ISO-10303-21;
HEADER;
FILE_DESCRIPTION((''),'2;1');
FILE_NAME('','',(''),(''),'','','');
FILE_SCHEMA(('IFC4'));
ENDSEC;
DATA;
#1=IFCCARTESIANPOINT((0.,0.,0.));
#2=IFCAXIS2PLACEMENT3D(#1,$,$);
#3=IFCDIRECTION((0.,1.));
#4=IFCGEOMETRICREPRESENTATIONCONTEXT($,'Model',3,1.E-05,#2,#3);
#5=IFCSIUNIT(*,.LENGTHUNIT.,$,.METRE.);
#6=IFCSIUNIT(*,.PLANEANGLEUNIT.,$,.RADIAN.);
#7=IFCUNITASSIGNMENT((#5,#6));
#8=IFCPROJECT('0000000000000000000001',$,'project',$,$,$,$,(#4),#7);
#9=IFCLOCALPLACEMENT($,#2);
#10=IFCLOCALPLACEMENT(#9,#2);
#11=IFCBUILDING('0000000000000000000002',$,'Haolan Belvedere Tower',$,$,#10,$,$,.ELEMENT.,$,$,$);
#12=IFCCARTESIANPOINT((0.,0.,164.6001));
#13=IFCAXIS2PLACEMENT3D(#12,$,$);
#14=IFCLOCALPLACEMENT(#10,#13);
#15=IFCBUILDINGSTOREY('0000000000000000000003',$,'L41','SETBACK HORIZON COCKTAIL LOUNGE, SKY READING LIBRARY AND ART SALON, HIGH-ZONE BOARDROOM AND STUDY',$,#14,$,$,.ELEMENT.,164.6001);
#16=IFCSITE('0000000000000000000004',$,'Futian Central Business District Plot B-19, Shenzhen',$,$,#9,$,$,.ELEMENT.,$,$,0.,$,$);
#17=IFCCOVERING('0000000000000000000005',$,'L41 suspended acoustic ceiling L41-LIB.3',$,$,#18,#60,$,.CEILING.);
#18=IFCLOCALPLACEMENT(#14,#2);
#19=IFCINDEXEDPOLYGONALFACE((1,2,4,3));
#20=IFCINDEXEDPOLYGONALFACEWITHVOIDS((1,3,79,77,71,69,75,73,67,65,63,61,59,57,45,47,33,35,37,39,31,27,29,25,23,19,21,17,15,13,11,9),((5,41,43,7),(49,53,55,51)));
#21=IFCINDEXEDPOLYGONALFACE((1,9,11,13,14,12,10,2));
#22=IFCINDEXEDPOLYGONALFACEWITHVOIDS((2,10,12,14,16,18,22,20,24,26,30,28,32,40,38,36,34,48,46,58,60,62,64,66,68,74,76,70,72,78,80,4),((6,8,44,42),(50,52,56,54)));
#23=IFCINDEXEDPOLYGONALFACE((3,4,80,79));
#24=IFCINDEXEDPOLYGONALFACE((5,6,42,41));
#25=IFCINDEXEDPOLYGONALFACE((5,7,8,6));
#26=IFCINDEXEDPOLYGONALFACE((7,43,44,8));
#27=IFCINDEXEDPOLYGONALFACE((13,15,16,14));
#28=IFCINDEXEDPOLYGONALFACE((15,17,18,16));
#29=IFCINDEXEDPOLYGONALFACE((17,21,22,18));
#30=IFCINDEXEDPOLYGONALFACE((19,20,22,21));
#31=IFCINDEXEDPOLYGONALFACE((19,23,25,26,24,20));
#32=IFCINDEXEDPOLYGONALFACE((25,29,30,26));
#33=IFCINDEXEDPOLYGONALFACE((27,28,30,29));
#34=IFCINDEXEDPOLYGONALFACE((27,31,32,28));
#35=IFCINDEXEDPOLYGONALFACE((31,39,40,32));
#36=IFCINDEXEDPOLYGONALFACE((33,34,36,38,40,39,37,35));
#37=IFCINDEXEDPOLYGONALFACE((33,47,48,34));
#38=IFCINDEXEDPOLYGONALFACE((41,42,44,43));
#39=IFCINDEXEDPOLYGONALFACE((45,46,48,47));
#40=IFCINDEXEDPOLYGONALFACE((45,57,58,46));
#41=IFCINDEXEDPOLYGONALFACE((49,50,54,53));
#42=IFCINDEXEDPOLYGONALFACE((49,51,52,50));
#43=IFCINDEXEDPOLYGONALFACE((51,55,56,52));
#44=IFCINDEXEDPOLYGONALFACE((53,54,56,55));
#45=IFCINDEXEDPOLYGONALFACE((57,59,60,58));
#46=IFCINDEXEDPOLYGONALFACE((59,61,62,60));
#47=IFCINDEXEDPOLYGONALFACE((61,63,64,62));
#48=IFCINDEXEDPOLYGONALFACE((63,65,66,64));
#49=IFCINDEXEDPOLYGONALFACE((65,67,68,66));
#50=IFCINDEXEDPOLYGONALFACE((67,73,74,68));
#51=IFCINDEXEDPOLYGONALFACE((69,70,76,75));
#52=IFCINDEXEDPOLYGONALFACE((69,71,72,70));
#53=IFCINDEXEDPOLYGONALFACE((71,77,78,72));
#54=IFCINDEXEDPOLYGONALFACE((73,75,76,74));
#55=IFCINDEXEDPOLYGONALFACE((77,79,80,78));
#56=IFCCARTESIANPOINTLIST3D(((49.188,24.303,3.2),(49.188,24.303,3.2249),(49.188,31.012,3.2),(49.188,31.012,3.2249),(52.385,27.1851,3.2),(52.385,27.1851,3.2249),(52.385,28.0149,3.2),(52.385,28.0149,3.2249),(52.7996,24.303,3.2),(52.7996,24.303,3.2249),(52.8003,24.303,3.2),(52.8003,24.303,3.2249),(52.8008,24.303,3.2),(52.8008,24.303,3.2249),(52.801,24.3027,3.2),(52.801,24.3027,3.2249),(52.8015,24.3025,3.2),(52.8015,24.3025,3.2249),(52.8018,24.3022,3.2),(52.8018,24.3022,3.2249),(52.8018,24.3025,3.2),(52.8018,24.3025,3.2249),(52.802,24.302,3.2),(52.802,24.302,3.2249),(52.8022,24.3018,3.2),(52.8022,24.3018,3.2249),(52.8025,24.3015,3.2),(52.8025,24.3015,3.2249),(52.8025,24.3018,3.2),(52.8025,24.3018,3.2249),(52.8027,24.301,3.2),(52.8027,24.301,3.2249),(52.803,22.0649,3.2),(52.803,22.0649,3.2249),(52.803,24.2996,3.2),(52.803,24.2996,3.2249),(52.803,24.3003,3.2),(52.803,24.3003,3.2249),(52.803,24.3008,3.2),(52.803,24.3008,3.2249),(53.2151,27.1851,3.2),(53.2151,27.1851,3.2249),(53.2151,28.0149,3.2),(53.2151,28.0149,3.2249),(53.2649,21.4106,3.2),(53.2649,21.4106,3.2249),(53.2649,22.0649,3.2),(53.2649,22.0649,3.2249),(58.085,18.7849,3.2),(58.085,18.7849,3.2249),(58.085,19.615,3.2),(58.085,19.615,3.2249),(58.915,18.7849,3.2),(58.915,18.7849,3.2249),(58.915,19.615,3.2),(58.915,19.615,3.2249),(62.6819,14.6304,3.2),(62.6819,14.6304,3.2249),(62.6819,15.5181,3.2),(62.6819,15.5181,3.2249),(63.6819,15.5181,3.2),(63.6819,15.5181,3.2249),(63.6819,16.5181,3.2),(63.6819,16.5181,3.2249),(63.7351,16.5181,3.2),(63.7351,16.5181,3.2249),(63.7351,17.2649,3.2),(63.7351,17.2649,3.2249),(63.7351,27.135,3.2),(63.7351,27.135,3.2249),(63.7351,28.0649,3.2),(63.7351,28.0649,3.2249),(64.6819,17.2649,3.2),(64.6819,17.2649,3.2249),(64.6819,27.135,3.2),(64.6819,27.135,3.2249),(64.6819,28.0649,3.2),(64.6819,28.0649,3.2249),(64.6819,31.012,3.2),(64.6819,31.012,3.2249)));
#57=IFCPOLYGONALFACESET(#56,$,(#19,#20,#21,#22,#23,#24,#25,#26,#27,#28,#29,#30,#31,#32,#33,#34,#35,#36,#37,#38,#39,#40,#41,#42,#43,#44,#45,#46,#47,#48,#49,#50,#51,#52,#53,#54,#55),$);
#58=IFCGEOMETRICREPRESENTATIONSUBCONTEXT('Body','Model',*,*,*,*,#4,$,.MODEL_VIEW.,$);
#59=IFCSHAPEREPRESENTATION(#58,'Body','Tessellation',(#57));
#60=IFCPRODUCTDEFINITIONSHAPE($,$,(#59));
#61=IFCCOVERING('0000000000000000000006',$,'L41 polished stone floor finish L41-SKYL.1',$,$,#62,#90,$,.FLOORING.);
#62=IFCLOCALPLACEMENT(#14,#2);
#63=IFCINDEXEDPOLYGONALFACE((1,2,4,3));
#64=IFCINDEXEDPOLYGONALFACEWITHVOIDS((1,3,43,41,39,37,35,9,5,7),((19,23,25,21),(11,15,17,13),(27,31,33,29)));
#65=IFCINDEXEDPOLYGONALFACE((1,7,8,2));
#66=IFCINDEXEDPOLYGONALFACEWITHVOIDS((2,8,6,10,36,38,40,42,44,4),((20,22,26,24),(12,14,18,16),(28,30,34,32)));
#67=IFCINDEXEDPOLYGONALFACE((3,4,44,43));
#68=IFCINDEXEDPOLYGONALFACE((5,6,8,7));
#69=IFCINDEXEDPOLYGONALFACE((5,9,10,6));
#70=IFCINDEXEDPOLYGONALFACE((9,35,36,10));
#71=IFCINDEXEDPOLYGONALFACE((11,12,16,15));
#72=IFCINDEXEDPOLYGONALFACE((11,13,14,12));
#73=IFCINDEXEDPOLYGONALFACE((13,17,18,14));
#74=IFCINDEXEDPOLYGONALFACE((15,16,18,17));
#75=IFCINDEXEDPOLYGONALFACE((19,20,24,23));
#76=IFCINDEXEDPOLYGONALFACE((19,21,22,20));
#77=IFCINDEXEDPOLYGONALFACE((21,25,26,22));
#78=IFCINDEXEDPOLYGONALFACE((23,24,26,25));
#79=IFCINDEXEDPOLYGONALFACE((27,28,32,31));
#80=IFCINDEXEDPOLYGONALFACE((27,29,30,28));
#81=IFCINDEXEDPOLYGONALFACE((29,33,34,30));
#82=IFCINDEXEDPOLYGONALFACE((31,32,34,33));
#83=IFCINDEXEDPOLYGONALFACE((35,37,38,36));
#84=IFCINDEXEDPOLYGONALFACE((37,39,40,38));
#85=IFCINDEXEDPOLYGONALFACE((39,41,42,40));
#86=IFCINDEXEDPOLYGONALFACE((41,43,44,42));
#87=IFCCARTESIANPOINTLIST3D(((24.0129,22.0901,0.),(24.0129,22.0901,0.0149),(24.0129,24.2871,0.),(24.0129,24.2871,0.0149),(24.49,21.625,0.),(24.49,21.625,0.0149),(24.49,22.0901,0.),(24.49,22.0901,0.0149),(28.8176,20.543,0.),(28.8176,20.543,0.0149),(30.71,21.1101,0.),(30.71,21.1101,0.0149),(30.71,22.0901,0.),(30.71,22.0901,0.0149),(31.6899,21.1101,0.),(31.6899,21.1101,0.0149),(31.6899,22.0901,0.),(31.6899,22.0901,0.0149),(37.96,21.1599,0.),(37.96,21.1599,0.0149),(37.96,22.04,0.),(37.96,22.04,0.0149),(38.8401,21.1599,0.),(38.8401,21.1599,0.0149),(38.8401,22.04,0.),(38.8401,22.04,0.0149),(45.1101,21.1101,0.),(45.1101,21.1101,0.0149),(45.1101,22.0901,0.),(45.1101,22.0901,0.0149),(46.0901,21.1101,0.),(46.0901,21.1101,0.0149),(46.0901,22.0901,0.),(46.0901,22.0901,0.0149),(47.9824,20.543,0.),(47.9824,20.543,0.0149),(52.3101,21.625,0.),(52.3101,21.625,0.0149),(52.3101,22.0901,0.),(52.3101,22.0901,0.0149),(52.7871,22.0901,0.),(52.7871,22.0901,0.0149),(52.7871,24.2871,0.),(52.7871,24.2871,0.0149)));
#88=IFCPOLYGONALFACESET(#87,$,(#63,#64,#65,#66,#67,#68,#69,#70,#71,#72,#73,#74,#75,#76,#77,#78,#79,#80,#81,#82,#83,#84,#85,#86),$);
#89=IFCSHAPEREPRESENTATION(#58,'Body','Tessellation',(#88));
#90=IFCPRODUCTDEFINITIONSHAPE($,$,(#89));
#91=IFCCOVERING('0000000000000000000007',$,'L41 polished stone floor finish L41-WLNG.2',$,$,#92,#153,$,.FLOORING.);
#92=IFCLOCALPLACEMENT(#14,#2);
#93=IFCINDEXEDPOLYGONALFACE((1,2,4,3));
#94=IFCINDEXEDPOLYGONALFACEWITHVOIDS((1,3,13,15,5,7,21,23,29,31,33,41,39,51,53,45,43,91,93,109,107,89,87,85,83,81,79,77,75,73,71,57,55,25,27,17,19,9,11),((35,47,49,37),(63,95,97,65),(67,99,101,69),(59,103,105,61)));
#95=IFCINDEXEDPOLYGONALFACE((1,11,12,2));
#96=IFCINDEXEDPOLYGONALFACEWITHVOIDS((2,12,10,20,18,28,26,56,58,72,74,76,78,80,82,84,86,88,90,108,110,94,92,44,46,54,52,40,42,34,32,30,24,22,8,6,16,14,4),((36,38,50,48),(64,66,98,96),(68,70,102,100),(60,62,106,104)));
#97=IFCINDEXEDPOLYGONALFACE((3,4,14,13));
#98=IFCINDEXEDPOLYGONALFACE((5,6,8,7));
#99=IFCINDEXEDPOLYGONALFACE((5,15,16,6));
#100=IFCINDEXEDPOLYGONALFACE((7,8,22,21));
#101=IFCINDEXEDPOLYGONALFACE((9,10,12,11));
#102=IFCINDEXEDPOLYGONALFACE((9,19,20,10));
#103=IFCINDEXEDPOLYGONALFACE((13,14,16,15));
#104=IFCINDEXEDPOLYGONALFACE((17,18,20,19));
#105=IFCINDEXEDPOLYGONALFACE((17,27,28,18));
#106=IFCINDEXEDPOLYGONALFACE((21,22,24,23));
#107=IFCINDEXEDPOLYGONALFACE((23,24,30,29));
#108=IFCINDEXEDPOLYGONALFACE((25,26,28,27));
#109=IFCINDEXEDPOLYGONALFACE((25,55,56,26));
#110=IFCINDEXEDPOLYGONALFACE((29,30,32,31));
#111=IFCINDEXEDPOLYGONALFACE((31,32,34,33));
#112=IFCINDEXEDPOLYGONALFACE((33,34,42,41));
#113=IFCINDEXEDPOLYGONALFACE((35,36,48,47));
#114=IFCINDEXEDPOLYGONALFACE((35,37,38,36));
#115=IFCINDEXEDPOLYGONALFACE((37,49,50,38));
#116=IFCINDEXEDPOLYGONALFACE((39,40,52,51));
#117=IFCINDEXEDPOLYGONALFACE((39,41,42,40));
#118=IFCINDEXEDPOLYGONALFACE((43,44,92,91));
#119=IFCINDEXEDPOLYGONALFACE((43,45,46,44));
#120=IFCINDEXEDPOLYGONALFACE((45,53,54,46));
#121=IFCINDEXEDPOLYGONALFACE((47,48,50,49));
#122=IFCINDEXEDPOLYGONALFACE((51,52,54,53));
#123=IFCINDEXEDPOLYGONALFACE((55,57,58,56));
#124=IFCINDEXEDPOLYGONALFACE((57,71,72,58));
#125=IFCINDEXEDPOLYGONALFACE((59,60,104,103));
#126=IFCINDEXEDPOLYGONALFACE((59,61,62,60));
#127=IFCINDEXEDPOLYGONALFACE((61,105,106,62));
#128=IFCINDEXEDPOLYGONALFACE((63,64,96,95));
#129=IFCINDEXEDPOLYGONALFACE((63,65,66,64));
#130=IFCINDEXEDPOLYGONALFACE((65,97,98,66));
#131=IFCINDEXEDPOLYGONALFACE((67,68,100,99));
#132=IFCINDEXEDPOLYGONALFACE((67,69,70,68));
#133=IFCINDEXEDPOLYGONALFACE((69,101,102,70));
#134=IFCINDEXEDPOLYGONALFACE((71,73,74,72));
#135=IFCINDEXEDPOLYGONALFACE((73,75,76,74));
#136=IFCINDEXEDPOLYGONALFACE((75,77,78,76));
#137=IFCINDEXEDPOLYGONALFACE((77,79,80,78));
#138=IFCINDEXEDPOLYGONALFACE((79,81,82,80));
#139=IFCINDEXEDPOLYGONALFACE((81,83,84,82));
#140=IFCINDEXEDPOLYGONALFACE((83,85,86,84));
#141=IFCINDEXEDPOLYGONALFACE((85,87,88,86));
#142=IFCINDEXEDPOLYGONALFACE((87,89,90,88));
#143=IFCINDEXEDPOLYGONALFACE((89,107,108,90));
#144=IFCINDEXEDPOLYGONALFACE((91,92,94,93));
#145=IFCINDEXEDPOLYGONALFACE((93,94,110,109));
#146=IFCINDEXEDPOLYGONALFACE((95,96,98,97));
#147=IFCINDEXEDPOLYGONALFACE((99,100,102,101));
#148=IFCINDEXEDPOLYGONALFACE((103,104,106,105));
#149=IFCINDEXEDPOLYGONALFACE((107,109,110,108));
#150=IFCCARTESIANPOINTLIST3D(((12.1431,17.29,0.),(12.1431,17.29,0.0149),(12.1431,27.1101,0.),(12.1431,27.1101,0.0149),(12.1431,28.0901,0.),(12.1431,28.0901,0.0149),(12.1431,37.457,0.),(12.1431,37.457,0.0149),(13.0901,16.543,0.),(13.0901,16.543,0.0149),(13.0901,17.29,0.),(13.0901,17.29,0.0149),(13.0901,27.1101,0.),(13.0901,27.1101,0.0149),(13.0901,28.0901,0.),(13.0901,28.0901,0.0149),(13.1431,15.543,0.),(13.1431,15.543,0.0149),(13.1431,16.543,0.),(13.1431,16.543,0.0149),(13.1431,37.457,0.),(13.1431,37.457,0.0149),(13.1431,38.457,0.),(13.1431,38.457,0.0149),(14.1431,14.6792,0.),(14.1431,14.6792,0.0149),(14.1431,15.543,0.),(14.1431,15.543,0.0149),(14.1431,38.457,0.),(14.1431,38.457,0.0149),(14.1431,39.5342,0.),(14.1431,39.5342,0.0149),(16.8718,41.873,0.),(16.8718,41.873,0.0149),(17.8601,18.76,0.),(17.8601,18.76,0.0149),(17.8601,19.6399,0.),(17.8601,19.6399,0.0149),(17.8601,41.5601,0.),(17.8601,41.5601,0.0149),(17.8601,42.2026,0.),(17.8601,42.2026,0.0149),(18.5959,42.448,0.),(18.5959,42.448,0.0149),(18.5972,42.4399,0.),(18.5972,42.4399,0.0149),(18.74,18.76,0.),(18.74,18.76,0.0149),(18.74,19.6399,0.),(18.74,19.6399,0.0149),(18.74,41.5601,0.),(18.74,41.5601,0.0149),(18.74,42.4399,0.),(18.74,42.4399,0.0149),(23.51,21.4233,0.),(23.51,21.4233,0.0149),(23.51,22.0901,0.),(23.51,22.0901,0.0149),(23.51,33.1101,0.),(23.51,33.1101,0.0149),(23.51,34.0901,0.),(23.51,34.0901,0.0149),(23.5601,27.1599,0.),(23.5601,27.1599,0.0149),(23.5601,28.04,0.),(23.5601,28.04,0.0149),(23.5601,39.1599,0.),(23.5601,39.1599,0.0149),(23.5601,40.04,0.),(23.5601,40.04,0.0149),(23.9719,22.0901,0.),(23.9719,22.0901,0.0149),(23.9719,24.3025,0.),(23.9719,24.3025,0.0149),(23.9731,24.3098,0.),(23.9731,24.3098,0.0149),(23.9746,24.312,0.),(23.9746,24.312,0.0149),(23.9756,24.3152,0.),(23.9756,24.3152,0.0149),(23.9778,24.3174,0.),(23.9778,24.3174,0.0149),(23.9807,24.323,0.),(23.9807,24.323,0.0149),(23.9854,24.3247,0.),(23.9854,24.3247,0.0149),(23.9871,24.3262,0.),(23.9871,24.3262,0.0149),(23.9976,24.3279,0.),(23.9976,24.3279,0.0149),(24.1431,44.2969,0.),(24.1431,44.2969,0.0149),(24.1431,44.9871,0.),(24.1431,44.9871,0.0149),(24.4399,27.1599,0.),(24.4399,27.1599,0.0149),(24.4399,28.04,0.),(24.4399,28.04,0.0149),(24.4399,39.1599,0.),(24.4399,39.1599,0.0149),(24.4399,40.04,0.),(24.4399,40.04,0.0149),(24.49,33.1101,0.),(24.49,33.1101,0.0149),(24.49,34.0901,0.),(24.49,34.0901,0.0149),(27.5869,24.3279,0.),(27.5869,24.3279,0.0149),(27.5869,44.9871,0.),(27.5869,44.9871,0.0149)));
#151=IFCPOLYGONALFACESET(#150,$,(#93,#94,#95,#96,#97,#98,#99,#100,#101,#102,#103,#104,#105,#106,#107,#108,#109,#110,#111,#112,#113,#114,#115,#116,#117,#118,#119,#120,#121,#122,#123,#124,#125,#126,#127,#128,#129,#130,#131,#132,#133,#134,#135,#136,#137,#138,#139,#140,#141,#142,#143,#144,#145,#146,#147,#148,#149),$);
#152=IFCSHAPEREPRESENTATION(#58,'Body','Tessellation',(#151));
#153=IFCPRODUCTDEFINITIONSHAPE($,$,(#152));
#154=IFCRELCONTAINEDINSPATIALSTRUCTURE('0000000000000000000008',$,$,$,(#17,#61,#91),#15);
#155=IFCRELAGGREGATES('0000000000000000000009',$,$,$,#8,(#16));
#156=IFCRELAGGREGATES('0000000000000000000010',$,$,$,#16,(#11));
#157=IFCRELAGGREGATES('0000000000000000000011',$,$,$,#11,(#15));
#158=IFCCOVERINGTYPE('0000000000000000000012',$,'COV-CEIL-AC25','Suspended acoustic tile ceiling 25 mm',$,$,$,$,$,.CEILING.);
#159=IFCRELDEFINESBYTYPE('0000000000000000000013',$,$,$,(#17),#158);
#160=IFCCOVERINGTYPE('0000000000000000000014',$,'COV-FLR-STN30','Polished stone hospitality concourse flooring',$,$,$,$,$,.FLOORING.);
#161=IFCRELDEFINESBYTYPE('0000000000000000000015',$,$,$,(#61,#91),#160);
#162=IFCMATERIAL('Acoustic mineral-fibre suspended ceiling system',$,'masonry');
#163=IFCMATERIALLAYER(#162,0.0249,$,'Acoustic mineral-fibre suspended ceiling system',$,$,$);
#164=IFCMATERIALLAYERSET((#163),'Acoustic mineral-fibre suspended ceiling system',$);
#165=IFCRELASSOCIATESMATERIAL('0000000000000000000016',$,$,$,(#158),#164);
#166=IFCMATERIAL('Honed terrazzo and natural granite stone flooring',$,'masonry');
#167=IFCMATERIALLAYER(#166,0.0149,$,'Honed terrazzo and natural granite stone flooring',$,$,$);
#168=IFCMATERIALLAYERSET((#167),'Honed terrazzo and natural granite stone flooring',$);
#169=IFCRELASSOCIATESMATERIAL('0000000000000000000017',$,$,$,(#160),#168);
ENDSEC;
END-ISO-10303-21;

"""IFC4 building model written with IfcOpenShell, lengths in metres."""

from ifc_helpers import new_model, si_unit, direction, frame, origin, place, context, subcontext, project, spatial, polyline, outline, extrude, material, layer, layer_set, type_object, element, save


model = new_model("IFC4")

# Units and contexts
model_context = context("Model", 3, precision=1e-05, world=origin(), true_north=direction((0.0, 1.0)))
body_context = subcontext(model_context, "Body", "Model", "MODEL_VIEW")
ifc_project = project(units=[si_unit("LENGTHUNIT", "METRE"), si_unit("PLANEANGLEUNIT", "RADIAN")], contexts=[model_context])

# Site, building, storey
site_placement = place(None, origin())
site = spatial("IfcSite", under=ifc_project, at=site_placement, Name="Futian Central Business District Plot B-19, Shenzhen", CompositionType="ELEMENT", RefElevation=0.0)
building_placement = place(site_placement, origin())
building = spatial("IfcBuilding", under=site, at=building_placement, Name="Haolan Belvedere Tower", CompositionType="ELEMENT")
storey_placement = place(building_placement, frame((0.0, 0.0, 164.6001)))
storey = spatial("IfcBuildingStorey", under=building, at=storey_placement, Name="L41", Description="SETBACK HORIZON COCKTAIL LOUNGE, SKY READING LIBRARY AND ART SALON, HIGH-ZONE BOARDROOM AND STUDY", CompositionType="ELEMENT", Elevation=164.6001)

# Coverings
ifc_material_1 = material(Name="Acoustic mineral-fibre suspended ceiling system", Category="masonry")
ifc_layer_1 = layer(ifc_material_1, 0.0249, Name="Acoustic mineral-fibre suspended ceiling system")
ifc_layer_set_1 = layer_set([ifc_layer_1], Name="Acoustic mineral-fibre suspended ceiling system")
covering_type_1 = type_object("IfcCoveringType", Name="COV-CEIL-AC25", Description="Suspended acoustic tile ceiling 25 mm", PredefinedType="CEILING", material=ifc_layer_set_1)
covering_1_placement = place(storey_placement, frame((0.0, 0.0, 3.2)))
element("IfcCovering", 1, at=covering_1_placement, inside=storey, type_object=covering_type_1, Name="L41 suspended acoustic ceiling L41-LIB.3", PredefinedType="CEILING", context=body_context, shape_type="SweptSolid", body=[
    extrude(outline(polyline([(52.8008, 24.303), (52.801, 24.3027), (52.8015, 24.3025), (52.8018, 24.3025), (52.8018, 24.3022), (52.802, 24.302), (52.8022, 24.3018), (52.8025, 24.3018), (52.8025, 24.3015), (52.8027, 24.301), (52.803, 24.3008), (52.803, 24.3003), (52.803, 24.2996), (52.803, 22.0649), (53.2649, 22.0649), (53.2649, 21.4106), (62.6819, 14.6304), (62.6819, 15.5181), (63.6819, 15.5181), (63.6819, 16.5181), (63.7351, 16.5181), (63.7351, 17.2649), (64.6819, 17.2649), (64.6819, 27.135), (63.7351, 27.135), (63.7351, 28.0649), (64.6819, 28.0649), (64.6819, 31.012), (49.188, 31.012), (49.188, 24.303), (52.7996, 24.303), (52.8003, 24.303), (52.8008, 24.303)]), holes=[polyline([(58.085, 18.7849), (58.085, 19.615), (58.915, 19.615), (58.915, 18.7849), (58.085, 18.7849)]), polyline([(52.385, 27.1851), (52.385, 28.0149), (53.2151, 28.0149), (53.2151, 27.1851), (52.385, 27.1851)])]), origin(), (0.0, 0.0, 1.0), 0.0249),
])
ifc_material_2 = material(Name="Honed terrazzo and natural granite stone flooring", Category="masonry")
ifc_layer_2 = layer(ifc_material_2, 0.0149, Name="Honed terrazzo and natural granite stone flooring")
ifc_layer_set_2 = layer_set([ifc_layer_2], Name="Honed terrazzo and natural granite stone flooring")
covering_type_2 = type_object("IfcCoveringType", Name="COV-FLR-STN30", Description="Polished stone hospitality concourse flooring", PredefinedType="FLOORING", material=ifc_layer_set_2)
covering_2_placement = place(storey_placement, origin())
element("IfcCovering", 2, at=covering_2_placement, inside=storey, type_object=covering_type_2, Name="L41 polished stone floor finish L41-SKYL.1", PredefinedType="FLOORING", context=body_context, shape_type="SweptSolid", body=[
    extrude(outline(polyline([(52.3101, 21.625), (52.3101, 22.0901), (52.7871, 22.0901), (52.7871, 24.2871), (24.0129, 24.2871), (24.0129, 22.0901), (24.49, 22.0901), (24.49, 21.625), (28.8176, 20.543), (47.9824, 20.543), (52.3101, 21.625)]), holes=[polyline([(45.1101, 22.0901), (46.0901, 22.0901), (46.0901, 21.1101), (45.1101, 21.1101), (45.1101, 22.0901)]), polyline([(37.96, 22.04), (38.8401, 22.04), (38.8401, 21.1599), (37.96, 21.1599), (37.96, 22.04)]), polyline([(30.71, 21.1101), (30.71, 22.0901), (31.6899, 22.0901), (31.6899, 21.1101), (30.71, 21.1101)])]), origin(), (0.0, 0.0, 1.0), 0.0149),
])
covering_3_placement = place(storey_placement, origin())
element("IfcCovering", 3, at=covering_3_placement, inside=storey, type_object=covering_type_2, Name="L41 polished stone floor finish L41-WLNG.2", PredefinedType="FLOORING", context=body_context, shape_type="SweptSolid", body=[
    extrude(outline(polyline([(13.0901, 16.543), (13.1431, 16.543), (13.1431, 15.543), (14.1431, 15.543), (14.1431, 14.6792), (23.51, 21.4233), (23.51, 22.0901), (23.9719, 22.0901), (23.9719, 24.3025), (23.9731, 24.3098), (23.9746, 24.312), (23.9756, 24.3152), (23.9778, 24.3174), (23.9807, 24.323), (23.9854, 24.3247), (23.9871, 24.3262), (23.9976, 24.3279), (27.5869, 24.3279), (27.5869, 44.9871), (24.1431, 44.9871), (24.1431, 44.2969), (18.5959, 42.448), (18.5972, 42.4399), (18.74, 42.4399), (18.74, 41.5601), (17.8601, 41.5601), (17.8601, 42.2026), (16.8718, 41.873), (14.1431, 39.5342), (14.1431, 38.457), (13.1431, 38.457), (13.1431, 37.457), (12.1431, 37.457), (12.1431, 28.0901), (13.0901, 28.0901), (13.0901, 27.1101), (12.1431, 27.1101), (12.1431, 17.29), (13.0901, 17.29), (13.0901, 16.543)]), holes=[polyline([(23.51, 34.0901), (24.49, 34.0901), (24.49, 33.1101), (23.51, 33.1101), (23.51, 34.0901)]), polyline([(23.5601, 40.04), (24.4399, 40.04), (24.4399, 39.1599), (23.5601, 39.1599), (23.5601, 40.04)]), polyline([(23.5601, 27.1599), (23.5601, 28.04), (24.4399, 28.04), (24.4399, 27.1599), (23.5601, 27.1599)]), polyline([(17.8601, 19.6399), (18.74, 19.6399), (18.74, 18.76), (17.8601, 18.76), (17.8601, 19.6399)])]), origin(), (0.0, 0.0, 1.0), 0.0149),
])

save(model, "model.ifc")
